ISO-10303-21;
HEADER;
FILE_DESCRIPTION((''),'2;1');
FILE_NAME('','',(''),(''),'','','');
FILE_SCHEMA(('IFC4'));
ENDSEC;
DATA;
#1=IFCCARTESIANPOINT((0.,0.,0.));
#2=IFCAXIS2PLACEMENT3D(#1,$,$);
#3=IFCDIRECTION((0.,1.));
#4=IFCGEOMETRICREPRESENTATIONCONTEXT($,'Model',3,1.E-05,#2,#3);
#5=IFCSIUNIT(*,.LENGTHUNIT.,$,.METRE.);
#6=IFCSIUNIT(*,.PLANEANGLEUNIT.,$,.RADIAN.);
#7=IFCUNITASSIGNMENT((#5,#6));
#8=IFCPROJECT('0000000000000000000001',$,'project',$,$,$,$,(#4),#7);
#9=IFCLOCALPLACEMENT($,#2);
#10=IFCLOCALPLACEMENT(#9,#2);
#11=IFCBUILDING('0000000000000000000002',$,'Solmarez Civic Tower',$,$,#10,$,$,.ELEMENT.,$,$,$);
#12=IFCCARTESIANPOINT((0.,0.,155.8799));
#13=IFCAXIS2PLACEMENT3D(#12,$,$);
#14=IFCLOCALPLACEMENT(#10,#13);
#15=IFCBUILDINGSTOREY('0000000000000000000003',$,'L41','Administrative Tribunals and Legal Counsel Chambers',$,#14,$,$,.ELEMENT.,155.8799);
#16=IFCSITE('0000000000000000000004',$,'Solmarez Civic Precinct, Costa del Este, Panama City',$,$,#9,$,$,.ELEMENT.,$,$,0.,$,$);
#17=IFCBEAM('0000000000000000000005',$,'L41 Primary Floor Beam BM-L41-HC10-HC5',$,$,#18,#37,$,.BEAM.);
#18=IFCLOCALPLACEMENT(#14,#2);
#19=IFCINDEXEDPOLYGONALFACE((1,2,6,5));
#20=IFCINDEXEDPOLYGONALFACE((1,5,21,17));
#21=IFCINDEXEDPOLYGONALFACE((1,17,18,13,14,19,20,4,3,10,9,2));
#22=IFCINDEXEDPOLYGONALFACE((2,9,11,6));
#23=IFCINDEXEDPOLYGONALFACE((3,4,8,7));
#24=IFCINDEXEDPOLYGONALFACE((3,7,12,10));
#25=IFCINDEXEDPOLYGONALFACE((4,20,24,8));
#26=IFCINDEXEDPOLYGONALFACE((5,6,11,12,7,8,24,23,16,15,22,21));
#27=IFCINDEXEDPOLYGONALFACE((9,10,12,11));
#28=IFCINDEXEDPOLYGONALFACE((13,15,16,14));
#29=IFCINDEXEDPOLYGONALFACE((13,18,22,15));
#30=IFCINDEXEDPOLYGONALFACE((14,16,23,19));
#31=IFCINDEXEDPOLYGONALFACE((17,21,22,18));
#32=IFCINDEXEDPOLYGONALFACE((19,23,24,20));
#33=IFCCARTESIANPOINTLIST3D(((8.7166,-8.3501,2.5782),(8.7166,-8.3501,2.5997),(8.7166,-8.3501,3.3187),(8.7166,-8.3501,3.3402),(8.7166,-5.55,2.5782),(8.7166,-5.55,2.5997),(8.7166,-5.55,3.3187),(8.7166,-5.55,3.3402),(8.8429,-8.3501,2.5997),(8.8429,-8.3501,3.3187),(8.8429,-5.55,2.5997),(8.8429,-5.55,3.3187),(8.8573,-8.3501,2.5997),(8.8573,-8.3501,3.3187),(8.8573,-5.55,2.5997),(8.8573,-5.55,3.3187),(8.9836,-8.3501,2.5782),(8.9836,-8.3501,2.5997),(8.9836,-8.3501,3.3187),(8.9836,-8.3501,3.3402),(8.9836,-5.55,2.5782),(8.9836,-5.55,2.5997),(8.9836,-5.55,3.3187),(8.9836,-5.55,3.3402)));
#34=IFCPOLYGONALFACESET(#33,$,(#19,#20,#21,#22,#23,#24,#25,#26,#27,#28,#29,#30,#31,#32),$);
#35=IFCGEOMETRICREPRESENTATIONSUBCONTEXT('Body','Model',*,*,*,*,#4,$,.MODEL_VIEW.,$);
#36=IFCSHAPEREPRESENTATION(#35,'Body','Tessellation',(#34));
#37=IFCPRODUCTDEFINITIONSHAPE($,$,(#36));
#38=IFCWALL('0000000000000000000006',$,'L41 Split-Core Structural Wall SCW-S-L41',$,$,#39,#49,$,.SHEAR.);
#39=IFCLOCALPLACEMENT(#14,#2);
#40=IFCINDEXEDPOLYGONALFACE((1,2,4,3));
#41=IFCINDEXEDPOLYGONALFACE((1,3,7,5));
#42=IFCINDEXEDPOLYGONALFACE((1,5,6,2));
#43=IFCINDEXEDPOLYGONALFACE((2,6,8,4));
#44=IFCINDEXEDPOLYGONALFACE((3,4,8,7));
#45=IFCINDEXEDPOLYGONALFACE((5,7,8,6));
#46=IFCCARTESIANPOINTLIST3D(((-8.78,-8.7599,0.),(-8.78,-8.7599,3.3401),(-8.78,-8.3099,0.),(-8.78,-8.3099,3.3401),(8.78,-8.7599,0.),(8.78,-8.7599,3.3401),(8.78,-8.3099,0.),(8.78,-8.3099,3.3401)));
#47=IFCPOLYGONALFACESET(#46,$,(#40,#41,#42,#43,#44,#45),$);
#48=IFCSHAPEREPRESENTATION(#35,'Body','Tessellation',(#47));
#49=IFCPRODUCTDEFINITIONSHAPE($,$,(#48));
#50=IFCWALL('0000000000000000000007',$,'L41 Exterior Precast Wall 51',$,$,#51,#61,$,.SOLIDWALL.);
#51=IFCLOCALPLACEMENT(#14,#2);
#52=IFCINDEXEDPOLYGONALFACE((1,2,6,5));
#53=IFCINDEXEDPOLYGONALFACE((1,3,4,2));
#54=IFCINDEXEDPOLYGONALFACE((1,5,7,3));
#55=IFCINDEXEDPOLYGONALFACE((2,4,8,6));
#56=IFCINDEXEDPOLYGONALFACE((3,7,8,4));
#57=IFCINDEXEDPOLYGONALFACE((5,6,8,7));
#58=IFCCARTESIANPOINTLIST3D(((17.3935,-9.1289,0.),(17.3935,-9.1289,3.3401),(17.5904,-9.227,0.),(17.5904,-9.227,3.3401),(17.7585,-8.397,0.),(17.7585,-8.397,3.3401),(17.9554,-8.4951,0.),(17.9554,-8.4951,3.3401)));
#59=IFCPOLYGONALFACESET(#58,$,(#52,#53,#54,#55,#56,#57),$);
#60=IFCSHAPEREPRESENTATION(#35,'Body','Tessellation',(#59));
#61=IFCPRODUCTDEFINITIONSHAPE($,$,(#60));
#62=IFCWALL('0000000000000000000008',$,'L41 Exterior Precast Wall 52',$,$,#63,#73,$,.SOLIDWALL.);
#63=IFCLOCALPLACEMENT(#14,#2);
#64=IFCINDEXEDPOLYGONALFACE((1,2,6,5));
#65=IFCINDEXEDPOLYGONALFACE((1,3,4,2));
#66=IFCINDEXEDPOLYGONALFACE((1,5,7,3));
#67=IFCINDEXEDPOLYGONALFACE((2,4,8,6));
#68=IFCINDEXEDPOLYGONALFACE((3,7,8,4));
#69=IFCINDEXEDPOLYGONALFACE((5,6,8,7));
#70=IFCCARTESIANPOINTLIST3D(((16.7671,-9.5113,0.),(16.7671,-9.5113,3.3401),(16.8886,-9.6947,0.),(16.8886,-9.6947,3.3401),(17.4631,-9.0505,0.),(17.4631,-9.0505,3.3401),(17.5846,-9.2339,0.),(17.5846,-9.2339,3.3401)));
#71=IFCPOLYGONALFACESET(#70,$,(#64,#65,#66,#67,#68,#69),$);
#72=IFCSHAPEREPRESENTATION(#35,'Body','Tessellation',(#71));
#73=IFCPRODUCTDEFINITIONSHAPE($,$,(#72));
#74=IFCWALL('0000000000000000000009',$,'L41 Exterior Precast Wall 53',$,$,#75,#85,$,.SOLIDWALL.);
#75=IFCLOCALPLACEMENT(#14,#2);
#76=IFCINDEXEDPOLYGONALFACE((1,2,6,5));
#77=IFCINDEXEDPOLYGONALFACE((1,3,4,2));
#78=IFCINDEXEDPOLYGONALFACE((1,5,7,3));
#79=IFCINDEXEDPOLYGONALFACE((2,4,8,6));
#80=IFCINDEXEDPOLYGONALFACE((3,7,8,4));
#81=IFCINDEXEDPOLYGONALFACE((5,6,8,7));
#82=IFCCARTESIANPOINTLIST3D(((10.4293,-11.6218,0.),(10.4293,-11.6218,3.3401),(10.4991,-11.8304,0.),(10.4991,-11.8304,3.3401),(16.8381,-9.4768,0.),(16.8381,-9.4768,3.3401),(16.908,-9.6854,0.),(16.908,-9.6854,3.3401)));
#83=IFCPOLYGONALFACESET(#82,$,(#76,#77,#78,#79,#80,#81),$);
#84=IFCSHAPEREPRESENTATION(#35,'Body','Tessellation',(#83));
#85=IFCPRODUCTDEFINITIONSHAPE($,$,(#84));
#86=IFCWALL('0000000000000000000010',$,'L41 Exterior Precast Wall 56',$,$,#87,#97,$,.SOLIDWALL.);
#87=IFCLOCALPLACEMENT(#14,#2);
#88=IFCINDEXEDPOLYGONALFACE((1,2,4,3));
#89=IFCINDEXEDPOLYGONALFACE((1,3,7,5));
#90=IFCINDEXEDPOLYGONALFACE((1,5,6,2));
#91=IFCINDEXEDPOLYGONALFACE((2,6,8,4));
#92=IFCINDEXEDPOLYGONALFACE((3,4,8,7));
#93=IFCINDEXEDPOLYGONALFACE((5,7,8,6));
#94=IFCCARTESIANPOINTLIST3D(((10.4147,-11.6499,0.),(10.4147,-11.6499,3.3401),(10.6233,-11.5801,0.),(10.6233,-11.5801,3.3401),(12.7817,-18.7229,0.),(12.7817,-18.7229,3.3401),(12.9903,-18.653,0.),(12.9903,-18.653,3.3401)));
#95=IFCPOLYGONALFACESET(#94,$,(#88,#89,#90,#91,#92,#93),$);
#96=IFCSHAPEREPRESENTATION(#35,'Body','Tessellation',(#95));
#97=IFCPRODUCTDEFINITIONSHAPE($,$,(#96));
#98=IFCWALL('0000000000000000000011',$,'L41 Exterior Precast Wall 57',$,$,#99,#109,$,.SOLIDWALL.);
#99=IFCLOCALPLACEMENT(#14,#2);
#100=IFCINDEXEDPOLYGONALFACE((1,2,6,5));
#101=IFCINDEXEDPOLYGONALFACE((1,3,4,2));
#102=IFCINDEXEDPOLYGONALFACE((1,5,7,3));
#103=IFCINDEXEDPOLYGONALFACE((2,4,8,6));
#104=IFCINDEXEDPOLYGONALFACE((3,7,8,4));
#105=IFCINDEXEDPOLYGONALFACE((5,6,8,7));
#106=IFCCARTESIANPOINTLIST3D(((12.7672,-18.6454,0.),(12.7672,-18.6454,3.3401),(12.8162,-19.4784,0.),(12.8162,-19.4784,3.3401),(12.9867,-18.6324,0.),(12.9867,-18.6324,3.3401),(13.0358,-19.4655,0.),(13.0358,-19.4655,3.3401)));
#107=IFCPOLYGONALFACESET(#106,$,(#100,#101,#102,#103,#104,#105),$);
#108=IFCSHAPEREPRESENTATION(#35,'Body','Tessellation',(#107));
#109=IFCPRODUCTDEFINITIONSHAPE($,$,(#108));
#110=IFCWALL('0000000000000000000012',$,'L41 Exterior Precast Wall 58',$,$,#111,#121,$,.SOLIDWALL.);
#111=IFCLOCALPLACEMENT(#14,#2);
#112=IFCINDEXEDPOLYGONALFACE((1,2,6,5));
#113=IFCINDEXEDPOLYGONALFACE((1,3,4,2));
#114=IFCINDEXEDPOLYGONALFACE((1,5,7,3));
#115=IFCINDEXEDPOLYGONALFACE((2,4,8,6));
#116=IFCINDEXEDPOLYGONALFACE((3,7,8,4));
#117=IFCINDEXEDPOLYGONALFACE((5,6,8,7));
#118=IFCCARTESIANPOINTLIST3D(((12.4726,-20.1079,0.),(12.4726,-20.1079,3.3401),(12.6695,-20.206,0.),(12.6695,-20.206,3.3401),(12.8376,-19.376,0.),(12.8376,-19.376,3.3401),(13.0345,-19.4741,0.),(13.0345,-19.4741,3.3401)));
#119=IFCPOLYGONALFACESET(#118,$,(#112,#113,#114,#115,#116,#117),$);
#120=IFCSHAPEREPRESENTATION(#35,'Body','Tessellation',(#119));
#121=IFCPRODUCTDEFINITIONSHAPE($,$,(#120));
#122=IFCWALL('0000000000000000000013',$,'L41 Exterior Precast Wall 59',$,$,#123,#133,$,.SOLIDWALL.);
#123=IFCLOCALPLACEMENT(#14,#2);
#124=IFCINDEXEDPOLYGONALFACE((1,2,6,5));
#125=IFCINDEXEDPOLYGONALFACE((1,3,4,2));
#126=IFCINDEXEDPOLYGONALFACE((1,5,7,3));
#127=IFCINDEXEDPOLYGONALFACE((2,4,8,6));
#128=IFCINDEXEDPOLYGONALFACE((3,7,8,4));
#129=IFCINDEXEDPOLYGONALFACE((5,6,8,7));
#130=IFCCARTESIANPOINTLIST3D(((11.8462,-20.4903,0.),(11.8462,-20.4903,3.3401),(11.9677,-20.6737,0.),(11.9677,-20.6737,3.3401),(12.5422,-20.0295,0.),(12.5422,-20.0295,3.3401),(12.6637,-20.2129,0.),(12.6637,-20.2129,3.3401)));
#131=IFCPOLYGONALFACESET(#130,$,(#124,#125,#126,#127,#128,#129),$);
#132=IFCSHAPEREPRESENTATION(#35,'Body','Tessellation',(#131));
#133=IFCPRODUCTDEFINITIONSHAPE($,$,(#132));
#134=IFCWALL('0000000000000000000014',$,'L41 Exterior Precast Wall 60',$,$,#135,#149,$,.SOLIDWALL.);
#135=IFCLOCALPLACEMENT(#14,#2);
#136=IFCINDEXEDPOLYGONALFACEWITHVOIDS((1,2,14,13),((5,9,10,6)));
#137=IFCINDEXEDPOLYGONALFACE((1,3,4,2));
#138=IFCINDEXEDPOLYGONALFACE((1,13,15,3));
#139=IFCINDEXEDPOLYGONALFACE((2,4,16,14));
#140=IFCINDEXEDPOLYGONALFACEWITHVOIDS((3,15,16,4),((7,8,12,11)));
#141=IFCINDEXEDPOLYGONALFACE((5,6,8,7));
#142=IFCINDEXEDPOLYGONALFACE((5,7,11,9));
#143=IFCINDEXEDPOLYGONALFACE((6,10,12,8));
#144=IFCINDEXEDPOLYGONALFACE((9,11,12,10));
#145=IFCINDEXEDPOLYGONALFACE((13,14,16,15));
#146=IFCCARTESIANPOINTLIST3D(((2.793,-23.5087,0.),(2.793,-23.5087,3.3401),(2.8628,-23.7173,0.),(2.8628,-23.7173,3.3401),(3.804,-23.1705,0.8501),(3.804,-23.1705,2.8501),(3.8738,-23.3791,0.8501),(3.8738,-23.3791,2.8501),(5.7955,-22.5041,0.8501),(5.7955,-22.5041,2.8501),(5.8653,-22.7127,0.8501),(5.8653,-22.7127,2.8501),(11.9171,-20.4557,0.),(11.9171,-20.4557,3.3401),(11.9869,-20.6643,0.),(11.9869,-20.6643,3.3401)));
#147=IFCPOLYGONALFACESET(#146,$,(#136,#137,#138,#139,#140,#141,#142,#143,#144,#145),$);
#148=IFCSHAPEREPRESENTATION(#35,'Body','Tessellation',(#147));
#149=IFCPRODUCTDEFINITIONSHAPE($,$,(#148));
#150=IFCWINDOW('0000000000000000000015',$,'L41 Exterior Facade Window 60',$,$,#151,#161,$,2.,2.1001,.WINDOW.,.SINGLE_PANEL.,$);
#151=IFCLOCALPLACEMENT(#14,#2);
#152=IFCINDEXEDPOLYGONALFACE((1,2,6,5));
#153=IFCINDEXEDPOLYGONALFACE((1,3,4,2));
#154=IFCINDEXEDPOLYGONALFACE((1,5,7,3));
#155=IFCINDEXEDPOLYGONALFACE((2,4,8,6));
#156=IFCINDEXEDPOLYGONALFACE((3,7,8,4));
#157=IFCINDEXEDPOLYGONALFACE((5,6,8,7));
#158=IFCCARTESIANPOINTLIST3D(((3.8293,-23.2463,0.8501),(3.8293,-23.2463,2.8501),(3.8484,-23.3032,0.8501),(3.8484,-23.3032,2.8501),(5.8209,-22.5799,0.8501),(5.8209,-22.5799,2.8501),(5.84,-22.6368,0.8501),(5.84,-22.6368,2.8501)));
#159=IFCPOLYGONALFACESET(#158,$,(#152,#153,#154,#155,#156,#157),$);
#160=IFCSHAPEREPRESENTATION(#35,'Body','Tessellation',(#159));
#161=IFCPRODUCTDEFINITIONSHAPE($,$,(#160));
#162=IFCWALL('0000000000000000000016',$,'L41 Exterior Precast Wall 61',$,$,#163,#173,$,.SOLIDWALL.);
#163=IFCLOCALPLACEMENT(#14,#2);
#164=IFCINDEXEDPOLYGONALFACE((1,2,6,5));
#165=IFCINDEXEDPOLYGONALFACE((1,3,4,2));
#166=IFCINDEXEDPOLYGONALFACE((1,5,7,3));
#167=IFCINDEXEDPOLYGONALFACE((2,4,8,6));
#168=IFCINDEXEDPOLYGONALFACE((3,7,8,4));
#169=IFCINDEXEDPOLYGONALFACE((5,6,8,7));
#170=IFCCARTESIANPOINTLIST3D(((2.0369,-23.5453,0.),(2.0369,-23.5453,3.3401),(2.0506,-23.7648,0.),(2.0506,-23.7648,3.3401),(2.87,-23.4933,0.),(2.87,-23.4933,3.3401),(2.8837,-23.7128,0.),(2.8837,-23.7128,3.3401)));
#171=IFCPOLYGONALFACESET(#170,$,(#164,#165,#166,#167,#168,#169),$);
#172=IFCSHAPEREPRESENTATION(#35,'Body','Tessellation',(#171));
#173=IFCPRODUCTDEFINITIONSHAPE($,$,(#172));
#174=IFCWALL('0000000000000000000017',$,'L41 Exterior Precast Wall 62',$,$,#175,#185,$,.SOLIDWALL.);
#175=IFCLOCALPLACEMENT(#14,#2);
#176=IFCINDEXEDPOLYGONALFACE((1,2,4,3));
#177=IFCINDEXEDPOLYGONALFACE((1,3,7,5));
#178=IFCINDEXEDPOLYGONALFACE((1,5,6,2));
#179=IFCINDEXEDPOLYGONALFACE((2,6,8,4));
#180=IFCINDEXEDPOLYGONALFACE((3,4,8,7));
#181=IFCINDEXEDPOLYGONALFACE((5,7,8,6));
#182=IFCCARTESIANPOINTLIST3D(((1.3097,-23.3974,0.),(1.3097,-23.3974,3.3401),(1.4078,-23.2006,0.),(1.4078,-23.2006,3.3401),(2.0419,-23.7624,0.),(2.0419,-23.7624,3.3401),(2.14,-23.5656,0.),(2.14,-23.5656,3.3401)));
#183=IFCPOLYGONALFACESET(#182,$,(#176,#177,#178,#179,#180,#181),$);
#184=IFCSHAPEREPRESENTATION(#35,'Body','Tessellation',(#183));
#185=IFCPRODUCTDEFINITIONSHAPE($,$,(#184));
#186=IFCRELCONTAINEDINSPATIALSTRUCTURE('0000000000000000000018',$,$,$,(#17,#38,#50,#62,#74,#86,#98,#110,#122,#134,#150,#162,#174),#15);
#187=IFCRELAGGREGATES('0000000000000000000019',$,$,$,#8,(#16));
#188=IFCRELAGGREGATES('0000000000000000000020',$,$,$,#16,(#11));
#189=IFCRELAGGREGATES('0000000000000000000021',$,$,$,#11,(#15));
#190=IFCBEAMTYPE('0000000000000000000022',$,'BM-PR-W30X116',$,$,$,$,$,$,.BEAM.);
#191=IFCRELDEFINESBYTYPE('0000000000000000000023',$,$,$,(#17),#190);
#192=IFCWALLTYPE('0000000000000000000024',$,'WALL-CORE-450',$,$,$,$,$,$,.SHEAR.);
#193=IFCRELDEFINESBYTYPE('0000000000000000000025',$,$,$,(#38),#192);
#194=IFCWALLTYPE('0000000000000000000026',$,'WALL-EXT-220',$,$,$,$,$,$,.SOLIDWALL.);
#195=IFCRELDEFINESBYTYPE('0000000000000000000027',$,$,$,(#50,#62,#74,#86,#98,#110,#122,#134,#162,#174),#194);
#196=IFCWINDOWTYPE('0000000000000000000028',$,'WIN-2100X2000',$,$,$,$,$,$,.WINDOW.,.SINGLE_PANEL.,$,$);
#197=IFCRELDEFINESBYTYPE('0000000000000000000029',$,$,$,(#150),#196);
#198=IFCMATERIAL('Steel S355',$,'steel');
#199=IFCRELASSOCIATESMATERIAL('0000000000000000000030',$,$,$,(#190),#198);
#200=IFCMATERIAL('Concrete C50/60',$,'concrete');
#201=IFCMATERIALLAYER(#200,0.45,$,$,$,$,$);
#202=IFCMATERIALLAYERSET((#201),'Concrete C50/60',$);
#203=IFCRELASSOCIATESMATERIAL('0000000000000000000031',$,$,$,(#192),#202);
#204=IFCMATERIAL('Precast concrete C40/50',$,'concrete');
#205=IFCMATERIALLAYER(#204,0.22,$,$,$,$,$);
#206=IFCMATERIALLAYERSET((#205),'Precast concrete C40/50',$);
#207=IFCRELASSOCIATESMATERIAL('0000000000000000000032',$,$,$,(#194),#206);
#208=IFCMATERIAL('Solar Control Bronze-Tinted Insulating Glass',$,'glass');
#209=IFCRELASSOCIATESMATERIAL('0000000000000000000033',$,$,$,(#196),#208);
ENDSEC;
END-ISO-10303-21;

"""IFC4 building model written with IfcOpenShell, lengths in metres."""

from ifc_helpers import new_model, si_unit, direction, frame, frame_2d, origin, origin_2d, place, context, subcontext, project, spatial, rectangle, i_section, extrude, material, layer, layer_set, material_profile, profile_set, type_object, element, fill, save


model = new_model("IFC4")

# Units and contexts
model_context = context("Model", 3, precision=1e-05, world=origin(), true_north=direction((0.0, 1.0)))
body_context = subcontext(model_context, "Body", "Model", "MODEL_VIEW")
ifc_project = project(units=[si_unit("LENGTHUNIT", "METRE"), si_unit("PLANEANGLEUNIT", "RADIAN")], contexts=[model_context])

# Site, building, storey
site_placement = place(None, origin())
site = spatial("IfcSite", under=ifc_project, at=site_placement, Name="Solmarez Civic Precinct, Costa del Este, Panama City", CompositionType="ELEMENT", RefElevation=0.0)
building_placement = place(site_placement, origin())
building = spatial("IfcBuilding", under=site, at=building_placement, Name="Solmarez Civic Tower", CompositionType="ELEMENT")
storey_placement = place(building_placement, frame((0.0, 0.0, 155.8799)))
storey = spatial("IfcBuildingStorey", under=building, at=storey_placement, Name="L41", Description="Administrative Tribunals and Legal Counsel Chambers", CompositionType="ELEMENT", Elevation=155.8799)

# Shared definitions
ifc_material_1 = material(Name="Concrete C50/60", Category="concrete")
ifc_material_2 = material(Name="Steel S355", Category="steel")

# Beam
ifc_material_profile_1 = material_profile(ifc_material_2, i_section(OverallWidth=0.2671, OverallDepth=0.762, WebThickness=0.0144, FlangeThickness=0.0215, at=origin_2d()), Name="W30X116")
ifc_profile_set_1 = profile_set([ifc_material_profile_1], Name="Steel S355")
beam_type_1 = type_object("IfcBeamType", Name="BM-PR-W30X116", PredefinedType="BEAM", material=ifc_profile_set_1)
beam_1_placement = place(storey_placement, frame((8.8501, -8.3501, 2.9592), z_axis=(0.0, 1.0, 0.0), x_axis=(-1.0, 0.0, 0.0)))
element("IfcBeam", 1, at=beam_1_placement, inside=storey, type_object=beam_type_1, Name="L41 Primary Floor Beam BM-L41-HC10-HC5", PredefinedType="BEAM", context=body_context, shape_type="SweptSolid", body=[
    extrude(i_section(OverallWidth=0.2671, OverallDepth=0.762, WebThickness=0.0144, FlangeThickness=0.0215, at=origin_2d()), origin(), (0.0, 0.0, 1.0), 2.8),
])

# Walls
ifc_layer_1 = layer(ifc_material_1, 0.45)
ifc_layer_set_1 = layer_set([ifc_layer_1], Name="Concrete C50/60")
wall_type_1 = type_object("IfcWallType", Name="WALL-CORE-450", PredefinedType="SHEAR", material=ifc_layer_set_1)
wall_1_placement = place(storey_placement, frame((8.78, -8.5349, 0.0), z_axis=(0.0, 0.0, 1.0), x_axis=(-1.0, 0.0, 0.0)))
element("IfcWall", 2, at=wall_1_placement, inside=storey, type_object=wall_type_1, Name="L41 Split-Core Structural Wall SCW-S-L41", PredefinedType="SHEAR", context=body_context, shape_type="SweptSolid", body=[
    extrude(rectangle(XDim=17.5601, YDim=0.45, at=frame_2d((8.78, 0.0))), origin(), (0.0, 0.0, 1.0), 3.3401),
])
ifc_material_3 = material(Name="Precast concrete C40/50", Category="concrete")
ifc_layer_2 = layer(ifc_material_3, 0.22)
ifc_layer_set_2 = layer_set([ifc_layer_2], Name="Precast concrete C40/50")
wall_type_2 = type_object("IfcWallType", Name="WALL-EXT-220", PredefinedType="SOLIDWALL", material=ifc_layer_set_2)
wall_2_placement = place(storey_placement, frame((17.8569, -8.446, 0.0), z_axis=(0.0, 0.0, 1.0), x_axis=(-0.446258, -0.894904, 0.0)))
element("IfcWall", 3, at=wall_2_placement, inside=storey, type_object=wall_type_2, Name="L41 Exterior Precast Wall 51", PredefinedType="SOLIDWALL", context=body_context, shape_type="SweptSolid", body=[
    extrude(rectangle(XDim=0.8179, YDim=0.22, at=frame_2d((0.4089, 0.0))), origin(), (0.0, 0.0, 1.0), 3.3401),
])
wall_3_placement = place(storey_placement, frame((17.5239, -9.1421, 0.0), z_axis=(0.0, 0.0, 1.0), x_axis=(-0.833756, -0.552133, 0.0)))
element("IfcWall", 4, at=wall_3_placement, inside=storey, type_object=wall_type_2, Name="L41 Exterior Precast Wall 52", PredefinedType="SOLIDWALL", context=body_context, shape_type="SweptSolid", body=[
    extrude(rectangle(XDim=0.8347, YDim=0.22, at=frame_2d((0.4175, 0.0))), origin(), (0.0, 0.0, 1.0), 3.3401),
])
wall_4_placement = place(storey_placement, frame((16.873, -9.5811, 0.0), z_axis=(0.0, 0.0, 1.0), x_axis=(-0.948296, -0.317387, 0.0)))
element("IfcWall", 5, at=wall_4_placement, inside=storey, type_object=wall_type_2, Name="L41 Exterior Precast Wall 53", PredefinedType="SOLIDWALL", context=body_context, shape_type="SweptSolid", body=[
    extrude(rectangle(XDim=6.7583, YDim=0.22, at=frame_2d((3.3792, 0.0))), origin(), (0.0, 0.0, 1.0), 3.3401),
])
wall_5_placement = place(storey_placement, frame((10.519, -11.615, 0.0), z_axis=(0.0, 0.0, 1.0), x_axis=(0.317347, -0.948309, 0.0)))
element("IfcWall", 6, at=wall_5_placement, inside=storey, type_object=wall_type_2, Name="L41 Exterior Precast Wall 56", PredefinedType="SOLIDWALL", context=body_context, shape_type="SweptSolid", body=[
    extrude(rectangle(XDim=7.4585, YDim=0.22, at=frame_2d((3.7292, 0.0))), origin(), (0.0, 0.0, 1.0), 3.3401),
])
wall_6_placement = place(storey_placement, frame((12.877, -18.6389, 0.0), z_axis=(0.0, 0.0, 1.0), x_axis=(0.058808, -0.998269, 0.0)))
element("IfcWall", 7, at=wall_6_placement, inside=storey, type_object=wall_type_2, Name="L41 Exterior Precast Wall 57", PredefinedType="SOLIDWALL", context=body_context, shape_type="SweptSolid", body=[
    extrude(rectangle(XDim=0.8345, YDim=0.22, at=frame_2d((0.4172, 0.0))), origin(), (0.0, 0.0, 1.0), 3.3401),
])
wall_7_placement = place(storey_placement, frame((12.936, -19.425, 0.0), z_axis=(0.0, 0.0, 1.0), x_axis=(-0.446258, -0.894904, 0.0)))
element("IfcWall", 8, at=wall_7_placement, inside=storey, type_object=wall_type_2, Name="L41 Exterior Precast Wall 58", PredefinedType="SOLIDWALL", context=body_context, shape_type="SweptSolid", body=[
    extrude(rectangle(XDim=0.8179, YDim=0.22, at=frame_2d((0.4089, 0.0))), origin(), (0.0, 0.0, 1.0), 3.3401),
])
wall_8_placement = place(storey_placement, frame((12.603, -20.1211, 0.0), z_axis=(0.0, 0.0, 1.0), x_axis=(-0.833756, -0.552133, 0.0)))
element("IfcWall", 9, at=wall_8_placement, inside=storey, type_object=wall_type_2, Name="L41 Exterior Precast Wall 59", PredefinedType="SOLIDWALL", context=body_context, shape_type="SweptSolid", body=[
    extrude(rectangle(XDim=0.8347, YDim=0.22, at=frame_2d((0.4175, 0.0))), origin(), (0.0, 0.0, 1.0), 3.3401),
])

# Wall, opening, window
wall_9_placement = place(storey_placement, frame((11.9519, -20.5601, 0.0), z_axis=(0.0, 0.0, 1.0), x_axis=(-0.94832, -0.317316, 0.0)))
wall_9 = element("IfcWall", 10, at=wall_9_placement, inside=storey, type_object=wall_type_2, Name="L41 Exterior Precast Wall 60", PredefinedType="SOLIDWALL", context=body_context, shape_type="SweptSolid", body=[
    extrude(rectangle(XDim=9.6213, YDim=0.22, at=frame_2d((4.8105, 0.0))), origin(), (0.0, 0.0, 1.0), 3.3401),
])
opening_1_placement = place(wall_9_placement, frame((6.4551, 0.0, 0.8501)))
opening_1 = element("IfcOpeningElement", 11, at=opening_1_placement, cuts=wall_9, PredefinedType="OPENING", context=body_context, shape_type="SweptSolid", body=[
    extrude(rectangle(XDim=2.1001, YDim=2.0, at=frame_2d((1.05, 1.0))), frame((0.0, 0.1199, 0.0), z_axis=(0.0, -1.0, 0.0), x_axis=(1.0, 0.0, 0.0)), (0.0, 0.0, 1.0), 0.24),
])
ifc_material_4 = material(Name="Solar Control Bronze-Tinted Insulating Glass", Category="glass")
window_type = type_object("IfcWindowType", Name="WIN-2100X2000", PartitioningType="SINGLE_PANEL", PredefinedType="WINDOW", material=ifc_material_4)
window_placement = place(opening_1_placement, origin())
window = element("IfcWindow", 12, at=window_placement, inside=storey, type_object=window_type, Name="L41 Exterior Facade Window 60", OverallHeight=2.0, OverallWidth=2.1001, PartitioningType="SINGLE_PANEL", PredefinedType="WINDOW", context=body_context, shape_type="SweptSolid", body=[
    extrude(rectangle(XDim=2.1001, YDim=2.0, at=frame_2d((1.05, 1.0))), frame((0.0, 0.03, 0.0), z_axis=(0.0, -1.0, 0.0), x_axis=(1.0, 0.0, 0.0)), (0.0, 0.0, 1.0), 0.0601),
])
fill(opening_1, window)

# Walls
wall_10_placement = place(storey_placement, frame((2.877, -23.603, 0.0), z_axis=(0.0, 0.0, 1.0), x_axis=(-0.998057, -0.062305, 0.0)))
element("IfcWall", 13, at=wall_10_placement, inside=storey, type_object=wall_type_2, Name="L41 Exterior Precast Wall 61", PredefinedType="SOLIDWALL", context=body_context, shape_type="SweptSolid", body=[
    extrude(rectangle(XDim=0.8347, YDim=0.22, at=frame_2d((0.4175, 0.0))), origin(), (0.0, 0.0, 1.0), 3.3401),
])
wall_11_placement = place(storey_placement, frame((2.0911, -23.6641, 0.0), z_axis=(0.0, 0.0, 1.0), x_axis=(-0.894964, 0.446139, 0.0)))
element("IfcWall", 14, at=wall_11_placement, inside=storey, type_object=wall_type_2, Name="L41 Exterior Precast Wall 62", PredefinedType="SOLIDWALL", context=body_context, shape_type="SweptSolid", body=[
    extrude(rectangle(XDim=0.8181, YDim=0.22, at=frame_2d((0.4092, 0.0))), origin(), (0.0, 0.0, 1.0), 3.3401),
])

save(model, "model.ifc")
